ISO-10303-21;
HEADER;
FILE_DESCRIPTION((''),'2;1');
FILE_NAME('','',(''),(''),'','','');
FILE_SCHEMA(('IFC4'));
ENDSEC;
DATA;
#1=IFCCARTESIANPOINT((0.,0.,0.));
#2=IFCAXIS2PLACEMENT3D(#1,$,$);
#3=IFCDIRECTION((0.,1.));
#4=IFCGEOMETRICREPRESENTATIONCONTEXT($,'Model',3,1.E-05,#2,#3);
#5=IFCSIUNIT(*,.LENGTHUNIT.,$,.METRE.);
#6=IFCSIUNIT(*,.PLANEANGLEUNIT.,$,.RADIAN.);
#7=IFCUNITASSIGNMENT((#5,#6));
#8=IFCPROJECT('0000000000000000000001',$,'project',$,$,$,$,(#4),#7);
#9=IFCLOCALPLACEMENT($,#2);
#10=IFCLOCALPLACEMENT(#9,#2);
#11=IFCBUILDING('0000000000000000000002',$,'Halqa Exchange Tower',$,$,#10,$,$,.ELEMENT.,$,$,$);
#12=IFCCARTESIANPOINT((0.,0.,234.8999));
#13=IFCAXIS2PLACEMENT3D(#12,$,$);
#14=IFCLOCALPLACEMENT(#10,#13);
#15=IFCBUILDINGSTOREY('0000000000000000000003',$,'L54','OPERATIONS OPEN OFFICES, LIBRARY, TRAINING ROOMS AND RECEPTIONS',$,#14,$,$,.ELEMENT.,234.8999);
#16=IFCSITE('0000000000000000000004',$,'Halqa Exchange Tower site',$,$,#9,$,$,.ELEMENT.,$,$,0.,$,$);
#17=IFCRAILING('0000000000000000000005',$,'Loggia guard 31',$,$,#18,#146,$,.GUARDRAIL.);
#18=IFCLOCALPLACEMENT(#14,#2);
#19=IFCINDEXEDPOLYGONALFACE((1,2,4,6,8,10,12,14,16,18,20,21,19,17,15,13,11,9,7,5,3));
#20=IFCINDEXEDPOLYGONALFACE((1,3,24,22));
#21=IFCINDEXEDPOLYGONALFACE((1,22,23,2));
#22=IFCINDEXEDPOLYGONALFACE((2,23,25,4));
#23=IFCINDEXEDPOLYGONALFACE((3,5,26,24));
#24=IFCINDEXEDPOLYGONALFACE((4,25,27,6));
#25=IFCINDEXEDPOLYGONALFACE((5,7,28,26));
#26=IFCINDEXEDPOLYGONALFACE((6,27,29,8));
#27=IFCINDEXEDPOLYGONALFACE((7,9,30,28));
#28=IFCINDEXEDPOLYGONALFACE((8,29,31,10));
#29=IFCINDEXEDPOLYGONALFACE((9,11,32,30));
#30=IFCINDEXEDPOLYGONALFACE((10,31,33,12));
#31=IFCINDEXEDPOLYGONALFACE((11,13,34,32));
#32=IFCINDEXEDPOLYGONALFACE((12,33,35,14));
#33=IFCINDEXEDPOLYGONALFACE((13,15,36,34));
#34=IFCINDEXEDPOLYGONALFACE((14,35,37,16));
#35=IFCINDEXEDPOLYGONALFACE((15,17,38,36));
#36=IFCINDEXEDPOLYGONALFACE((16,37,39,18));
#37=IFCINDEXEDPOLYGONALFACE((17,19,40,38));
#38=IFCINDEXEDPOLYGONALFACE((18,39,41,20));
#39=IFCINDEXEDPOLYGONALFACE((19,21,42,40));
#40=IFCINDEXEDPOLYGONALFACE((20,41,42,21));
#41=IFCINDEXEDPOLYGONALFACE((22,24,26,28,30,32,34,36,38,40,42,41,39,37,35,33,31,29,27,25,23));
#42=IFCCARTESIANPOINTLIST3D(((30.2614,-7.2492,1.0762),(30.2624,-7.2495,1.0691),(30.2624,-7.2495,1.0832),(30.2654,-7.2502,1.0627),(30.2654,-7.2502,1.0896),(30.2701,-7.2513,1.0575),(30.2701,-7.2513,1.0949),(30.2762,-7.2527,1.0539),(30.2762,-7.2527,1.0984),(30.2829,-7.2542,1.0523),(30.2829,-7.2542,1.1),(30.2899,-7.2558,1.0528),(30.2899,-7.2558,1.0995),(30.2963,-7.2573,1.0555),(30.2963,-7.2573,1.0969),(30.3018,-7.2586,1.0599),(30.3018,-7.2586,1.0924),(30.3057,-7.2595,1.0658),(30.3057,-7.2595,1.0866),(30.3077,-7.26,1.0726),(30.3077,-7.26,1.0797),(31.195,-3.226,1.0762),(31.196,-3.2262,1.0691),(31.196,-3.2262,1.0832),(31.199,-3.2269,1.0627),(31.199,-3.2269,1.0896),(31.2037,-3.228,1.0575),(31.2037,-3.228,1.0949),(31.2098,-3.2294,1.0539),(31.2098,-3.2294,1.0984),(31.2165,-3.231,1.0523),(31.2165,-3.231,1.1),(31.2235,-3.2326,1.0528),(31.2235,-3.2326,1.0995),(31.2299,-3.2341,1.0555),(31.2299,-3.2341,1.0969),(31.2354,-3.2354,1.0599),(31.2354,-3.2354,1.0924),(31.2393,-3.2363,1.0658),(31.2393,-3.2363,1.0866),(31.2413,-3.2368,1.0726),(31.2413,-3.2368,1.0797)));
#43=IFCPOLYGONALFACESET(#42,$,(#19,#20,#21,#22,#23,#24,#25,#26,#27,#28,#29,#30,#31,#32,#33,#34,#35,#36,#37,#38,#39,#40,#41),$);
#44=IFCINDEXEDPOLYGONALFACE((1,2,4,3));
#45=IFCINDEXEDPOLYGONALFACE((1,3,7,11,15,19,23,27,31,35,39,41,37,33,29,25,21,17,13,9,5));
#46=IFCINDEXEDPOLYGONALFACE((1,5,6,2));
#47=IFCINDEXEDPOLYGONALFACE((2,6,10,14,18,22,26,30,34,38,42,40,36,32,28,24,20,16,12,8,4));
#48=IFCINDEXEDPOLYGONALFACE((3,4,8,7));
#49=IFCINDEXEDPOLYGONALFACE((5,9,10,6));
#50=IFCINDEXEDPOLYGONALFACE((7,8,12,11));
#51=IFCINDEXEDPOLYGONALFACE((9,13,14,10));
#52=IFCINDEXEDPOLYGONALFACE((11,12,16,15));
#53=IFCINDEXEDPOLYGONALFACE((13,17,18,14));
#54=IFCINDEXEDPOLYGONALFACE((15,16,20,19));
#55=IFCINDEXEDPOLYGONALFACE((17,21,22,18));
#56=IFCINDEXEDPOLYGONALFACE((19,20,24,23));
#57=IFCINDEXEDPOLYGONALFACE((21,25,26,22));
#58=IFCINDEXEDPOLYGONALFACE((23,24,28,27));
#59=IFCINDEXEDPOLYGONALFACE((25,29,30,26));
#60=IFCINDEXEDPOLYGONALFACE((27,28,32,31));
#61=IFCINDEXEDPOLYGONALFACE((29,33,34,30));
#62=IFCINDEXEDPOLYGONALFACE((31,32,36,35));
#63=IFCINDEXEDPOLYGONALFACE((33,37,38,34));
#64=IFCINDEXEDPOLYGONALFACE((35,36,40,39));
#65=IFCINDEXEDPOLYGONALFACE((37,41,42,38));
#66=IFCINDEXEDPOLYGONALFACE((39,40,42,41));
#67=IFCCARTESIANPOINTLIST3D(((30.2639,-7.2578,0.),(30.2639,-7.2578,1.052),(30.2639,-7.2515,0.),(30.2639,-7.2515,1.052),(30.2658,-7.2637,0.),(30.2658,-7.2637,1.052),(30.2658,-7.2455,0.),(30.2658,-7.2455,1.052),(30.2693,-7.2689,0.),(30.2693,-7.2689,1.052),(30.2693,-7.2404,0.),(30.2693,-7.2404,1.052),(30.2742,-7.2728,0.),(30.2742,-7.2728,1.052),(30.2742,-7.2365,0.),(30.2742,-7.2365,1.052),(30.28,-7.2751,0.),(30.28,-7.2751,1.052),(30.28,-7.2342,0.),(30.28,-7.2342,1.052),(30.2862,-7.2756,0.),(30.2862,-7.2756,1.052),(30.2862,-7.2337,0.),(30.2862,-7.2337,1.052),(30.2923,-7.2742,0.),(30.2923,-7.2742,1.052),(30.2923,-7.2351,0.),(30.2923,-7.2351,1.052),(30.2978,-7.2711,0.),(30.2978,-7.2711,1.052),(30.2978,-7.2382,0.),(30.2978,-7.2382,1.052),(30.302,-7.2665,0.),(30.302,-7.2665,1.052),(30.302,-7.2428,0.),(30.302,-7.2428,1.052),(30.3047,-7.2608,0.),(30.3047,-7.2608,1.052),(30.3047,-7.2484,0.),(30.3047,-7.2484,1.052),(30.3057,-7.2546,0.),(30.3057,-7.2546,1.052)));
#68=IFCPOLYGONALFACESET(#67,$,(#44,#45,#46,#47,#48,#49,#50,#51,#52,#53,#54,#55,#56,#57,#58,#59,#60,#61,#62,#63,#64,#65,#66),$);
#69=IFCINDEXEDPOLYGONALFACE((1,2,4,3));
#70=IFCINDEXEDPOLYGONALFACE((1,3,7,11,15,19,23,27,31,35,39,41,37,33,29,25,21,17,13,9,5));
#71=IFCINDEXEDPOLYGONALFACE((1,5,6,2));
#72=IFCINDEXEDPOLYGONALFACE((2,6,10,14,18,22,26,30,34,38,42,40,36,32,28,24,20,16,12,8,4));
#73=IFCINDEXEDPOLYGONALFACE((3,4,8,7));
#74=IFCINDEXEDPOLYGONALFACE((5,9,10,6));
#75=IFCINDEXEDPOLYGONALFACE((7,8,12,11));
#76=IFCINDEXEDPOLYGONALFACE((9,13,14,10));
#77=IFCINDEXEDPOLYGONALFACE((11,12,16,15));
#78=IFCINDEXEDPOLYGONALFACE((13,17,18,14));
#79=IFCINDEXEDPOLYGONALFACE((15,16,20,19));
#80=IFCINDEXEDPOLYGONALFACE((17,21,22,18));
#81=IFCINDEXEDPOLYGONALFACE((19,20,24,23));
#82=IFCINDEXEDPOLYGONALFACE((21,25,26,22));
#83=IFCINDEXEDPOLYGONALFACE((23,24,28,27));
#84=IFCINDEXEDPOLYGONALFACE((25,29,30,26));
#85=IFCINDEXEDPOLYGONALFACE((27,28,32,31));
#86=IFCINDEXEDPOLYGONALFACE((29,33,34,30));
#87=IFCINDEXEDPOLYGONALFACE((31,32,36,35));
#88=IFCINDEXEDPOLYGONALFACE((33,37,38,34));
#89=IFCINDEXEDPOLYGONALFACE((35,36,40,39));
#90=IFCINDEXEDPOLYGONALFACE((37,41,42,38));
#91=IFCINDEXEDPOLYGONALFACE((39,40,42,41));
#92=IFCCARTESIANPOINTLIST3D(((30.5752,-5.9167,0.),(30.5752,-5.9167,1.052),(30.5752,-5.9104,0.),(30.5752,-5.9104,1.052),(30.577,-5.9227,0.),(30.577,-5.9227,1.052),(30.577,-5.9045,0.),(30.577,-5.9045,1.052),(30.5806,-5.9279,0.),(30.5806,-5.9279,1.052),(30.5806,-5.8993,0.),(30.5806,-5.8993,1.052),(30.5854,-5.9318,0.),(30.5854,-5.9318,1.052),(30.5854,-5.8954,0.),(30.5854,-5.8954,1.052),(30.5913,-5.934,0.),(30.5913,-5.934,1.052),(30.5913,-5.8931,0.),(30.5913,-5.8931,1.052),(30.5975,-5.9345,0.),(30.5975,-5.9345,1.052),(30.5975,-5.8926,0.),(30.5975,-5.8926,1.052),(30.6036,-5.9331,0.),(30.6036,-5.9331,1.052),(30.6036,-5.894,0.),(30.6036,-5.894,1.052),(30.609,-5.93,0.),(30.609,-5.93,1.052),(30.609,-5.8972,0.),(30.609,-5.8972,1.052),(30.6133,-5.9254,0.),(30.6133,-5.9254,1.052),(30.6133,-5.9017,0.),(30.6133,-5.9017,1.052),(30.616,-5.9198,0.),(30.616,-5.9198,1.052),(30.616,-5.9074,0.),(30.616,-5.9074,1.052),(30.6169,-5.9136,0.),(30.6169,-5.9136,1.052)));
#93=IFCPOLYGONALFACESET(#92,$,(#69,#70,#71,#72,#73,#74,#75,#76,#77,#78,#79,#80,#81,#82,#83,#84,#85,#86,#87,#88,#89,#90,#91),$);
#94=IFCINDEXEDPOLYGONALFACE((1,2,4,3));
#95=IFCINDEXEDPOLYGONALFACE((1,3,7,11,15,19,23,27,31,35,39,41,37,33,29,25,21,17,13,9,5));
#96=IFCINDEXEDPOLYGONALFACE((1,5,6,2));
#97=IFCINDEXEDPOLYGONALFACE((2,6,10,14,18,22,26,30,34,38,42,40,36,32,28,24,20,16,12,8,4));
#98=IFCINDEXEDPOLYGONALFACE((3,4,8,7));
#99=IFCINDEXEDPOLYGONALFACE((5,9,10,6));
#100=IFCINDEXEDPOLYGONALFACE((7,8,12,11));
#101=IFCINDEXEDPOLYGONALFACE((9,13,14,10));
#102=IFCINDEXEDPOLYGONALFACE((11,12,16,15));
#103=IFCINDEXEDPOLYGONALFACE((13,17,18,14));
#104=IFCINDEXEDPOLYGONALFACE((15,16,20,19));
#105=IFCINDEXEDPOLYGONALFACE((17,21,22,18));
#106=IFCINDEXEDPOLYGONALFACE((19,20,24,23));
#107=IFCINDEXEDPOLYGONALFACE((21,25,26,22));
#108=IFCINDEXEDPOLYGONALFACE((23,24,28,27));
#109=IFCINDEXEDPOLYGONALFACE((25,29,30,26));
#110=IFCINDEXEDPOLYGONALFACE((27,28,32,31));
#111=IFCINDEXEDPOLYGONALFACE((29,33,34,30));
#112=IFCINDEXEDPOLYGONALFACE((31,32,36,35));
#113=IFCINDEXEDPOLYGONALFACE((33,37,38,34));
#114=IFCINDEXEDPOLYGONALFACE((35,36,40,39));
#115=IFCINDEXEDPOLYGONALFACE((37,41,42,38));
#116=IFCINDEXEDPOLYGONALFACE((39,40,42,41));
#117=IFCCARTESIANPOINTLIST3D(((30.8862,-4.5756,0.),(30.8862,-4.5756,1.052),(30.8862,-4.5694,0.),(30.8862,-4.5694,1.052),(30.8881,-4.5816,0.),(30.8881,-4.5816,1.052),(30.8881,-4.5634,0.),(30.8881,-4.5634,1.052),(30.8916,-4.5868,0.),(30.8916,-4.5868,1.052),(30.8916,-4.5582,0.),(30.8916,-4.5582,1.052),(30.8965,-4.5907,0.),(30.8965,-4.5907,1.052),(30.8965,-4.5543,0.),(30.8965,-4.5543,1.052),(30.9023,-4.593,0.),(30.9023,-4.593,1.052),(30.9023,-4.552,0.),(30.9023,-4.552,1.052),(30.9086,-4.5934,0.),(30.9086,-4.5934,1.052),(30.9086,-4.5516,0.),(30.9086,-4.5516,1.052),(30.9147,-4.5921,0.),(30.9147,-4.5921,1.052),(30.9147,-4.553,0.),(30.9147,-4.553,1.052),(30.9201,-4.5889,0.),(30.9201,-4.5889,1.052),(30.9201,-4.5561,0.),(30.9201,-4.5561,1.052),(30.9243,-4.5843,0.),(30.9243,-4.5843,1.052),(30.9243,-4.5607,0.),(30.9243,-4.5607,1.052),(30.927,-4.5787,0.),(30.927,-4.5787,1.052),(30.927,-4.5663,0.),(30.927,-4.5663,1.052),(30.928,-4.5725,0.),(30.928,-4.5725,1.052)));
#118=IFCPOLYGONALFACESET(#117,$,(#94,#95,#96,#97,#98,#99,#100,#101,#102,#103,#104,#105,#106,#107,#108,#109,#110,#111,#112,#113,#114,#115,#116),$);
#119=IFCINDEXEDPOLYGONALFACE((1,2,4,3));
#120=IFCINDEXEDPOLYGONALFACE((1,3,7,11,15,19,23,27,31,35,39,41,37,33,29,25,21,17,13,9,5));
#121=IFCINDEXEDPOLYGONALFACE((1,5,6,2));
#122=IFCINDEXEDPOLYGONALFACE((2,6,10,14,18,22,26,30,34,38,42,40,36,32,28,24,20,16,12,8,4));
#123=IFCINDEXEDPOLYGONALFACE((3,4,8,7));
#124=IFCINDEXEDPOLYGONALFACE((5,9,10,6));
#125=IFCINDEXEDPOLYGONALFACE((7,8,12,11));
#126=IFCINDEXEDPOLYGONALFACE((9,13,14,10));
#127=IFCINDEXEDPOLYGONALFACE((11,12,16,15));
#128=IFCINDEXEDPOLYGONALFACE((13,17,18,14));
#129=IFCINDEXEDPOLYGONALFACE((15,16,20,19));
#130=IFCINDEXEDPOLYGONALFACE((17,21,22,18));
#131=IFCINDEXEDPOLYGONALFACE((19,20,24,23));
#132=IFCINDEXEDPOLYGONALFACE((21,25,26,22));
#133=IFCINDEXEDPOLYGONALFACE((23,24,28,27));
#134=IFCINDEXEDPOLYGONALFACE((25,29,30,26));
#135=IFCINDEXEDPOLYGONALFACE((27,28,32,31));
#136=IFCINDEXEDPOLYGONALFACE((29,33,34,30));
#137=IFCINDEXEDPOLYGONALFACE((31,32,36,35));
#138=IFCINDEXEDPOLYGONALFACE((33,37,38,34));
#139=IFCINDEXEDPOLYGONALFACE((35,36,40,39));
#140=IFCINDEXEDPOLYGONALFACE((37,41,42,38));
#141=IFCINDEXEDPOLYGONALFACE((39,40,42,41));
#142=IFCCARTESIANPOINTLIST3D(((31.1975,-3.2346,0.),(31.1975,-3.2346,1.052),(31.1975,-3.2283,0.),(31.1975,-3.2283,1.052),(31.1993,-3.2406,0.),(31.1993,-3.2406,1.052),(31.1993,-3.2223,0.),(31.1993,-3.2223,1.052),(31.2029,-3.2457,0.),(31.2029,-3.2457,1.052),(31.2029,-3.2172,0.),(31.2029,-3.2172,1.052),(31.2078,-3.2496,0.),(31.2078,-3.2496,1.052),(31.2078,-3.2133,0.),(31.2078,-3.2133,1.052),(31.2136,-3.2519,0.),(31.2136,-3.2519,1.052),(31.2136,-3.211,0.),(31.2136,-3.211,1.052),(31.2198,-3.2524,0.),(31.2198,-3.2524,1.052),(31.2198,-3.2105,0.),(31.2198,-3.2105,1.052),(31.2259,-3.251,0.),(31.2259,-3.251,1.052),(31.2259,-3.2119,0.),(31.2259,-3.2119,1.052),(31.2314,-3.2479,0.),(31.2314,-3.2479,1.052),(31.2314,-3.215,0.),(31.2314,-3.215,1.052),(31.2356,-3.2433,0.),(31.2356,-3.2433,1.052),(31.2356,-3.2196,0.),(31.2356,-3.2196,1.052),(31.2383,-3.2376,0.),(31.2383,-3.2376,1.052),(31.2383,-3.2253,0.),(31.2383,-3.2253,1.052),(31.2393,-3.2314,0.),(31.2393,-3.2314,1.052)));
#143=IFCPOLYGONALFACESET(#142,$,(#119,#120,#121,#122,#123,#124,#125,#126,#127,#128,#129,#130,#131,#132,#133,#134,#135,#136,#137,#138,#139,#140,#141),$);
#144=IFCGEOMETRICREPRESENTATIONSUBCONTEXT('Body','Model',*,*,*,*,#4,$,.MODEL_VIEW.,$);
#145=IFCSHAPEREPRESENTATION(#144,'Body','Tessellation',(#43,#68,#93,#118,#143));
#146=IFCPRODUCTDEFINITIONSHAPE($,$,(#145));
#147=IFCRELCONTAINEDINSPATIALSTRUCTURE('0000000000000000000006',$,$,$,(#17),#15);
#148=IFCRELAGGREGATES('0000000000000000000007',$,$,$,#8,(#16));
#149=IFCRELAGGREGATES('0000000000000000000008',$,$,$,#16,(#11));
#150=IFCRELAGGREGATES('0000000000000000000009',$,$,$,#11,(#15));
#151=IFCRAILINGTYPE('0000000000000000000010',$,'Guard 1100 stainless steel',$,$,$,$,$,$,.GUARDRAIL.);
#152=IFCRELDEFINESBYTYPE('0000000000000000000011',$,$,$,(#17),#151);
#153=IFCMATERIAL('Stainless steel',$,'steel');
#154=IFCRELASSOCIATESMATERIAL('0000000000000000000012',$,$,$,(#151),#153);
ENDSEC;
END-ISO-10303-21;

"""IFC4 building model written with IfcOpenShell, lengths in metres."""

from ifc_helpers import new_model, si_unit, direction, frame, origin, origin_2d, place, context, subcontext, project, spatial, circle, extrude, material, type_object, element, save


model = new_model("IFC4")

# Units and contexts
model_context = context("Model", 3, precision=1e-05, world=origin(), true_north=direction((0.0, 1.0)))
body_context = subcontext(model_context, "Body", "Model", "MODEL_VIEW")
ifc_project = project(units=[si_unit("LENGTHUNIT", "METRE"), si_unit("PLANEANGLEUNIT", "RADIAN")], contexts=[model_context])

# Site, building, storey
site_placement = place(None, origin())
site = spatial("IfcSite", under=ifc_project, at=site_placement, Name="Halqa Exchange Tower site", CompositionType="ELEMENT", RefElevation=0.0)
building_placement = place(site_placement, origin())
building = spatial("IfcBuilding", under=site, at=building_placement, Name="Halqa Exchange Tower", CompositionType="ELEMENT")
storey_placement = place(building_placement, frame((0.0, 0.0, 234.8999)))
storey = spatial("IfcBuildingStorey", under=building, at=storey_placement, Name="L54", Description="OPERATIONS OPEN OFFICES, LIBRARY, TRAINING ROOMS AND RECEPTIONS", CompositionType="ELEMENT", Elevation=234.8999)

# Railing
ifc_material_1 = material(Name="Stainless steel", Category="steel")
railing_type = type_object("IfcRailingType", Name="Guard 1100 stainless steel", PredefinedType="GUARDRAIL", material=ifc_material_1)
railing_1_placement = place(storey_placement, frame((30.2847, -7.2546, 0.0)))
element("IfcRailing", 1, at=railing_1_placement, inside=storey, type_object=railing_type, Name="Loggia guard 31", PredefinedType="GUARDRAIL", context=body_context, shape_type="SweptSolid", body=[
    extrude(circle(Radius=0.0239, at=origin_2d()), frame((0.0, 0.0, 1.0762), z_axis=(0.226047, 0.974116, 0.0), x_axis=(-0.974116, 0.226047, 0.0)), (0.0, 0.0, 1.0), 4.1301),
    extrude(circle(Radius=0.021, at=origin_2d()), origin(), (0.0, 0.0, 1.0), 1.052),
    extrude(circle(Radius=0.021, at=origin_2d()), frame((0.3113, 1.3411, 0.0)), (0.0, 0.0, 1.0), 1.052),
    extrude(circle(Radius=0.021, at=origin_2d()), frame((0.6223, 2.6821, 0.0)), (0.0, 0.0, 1.0), 1.052),
    extrude(circle(Radius=0.021, at=origin_2d()), frame((0.9336, 4.0232, 0.0)), (0.0, 0.0, 1.0), 1.052),
])

save(model, "model.ifc")
